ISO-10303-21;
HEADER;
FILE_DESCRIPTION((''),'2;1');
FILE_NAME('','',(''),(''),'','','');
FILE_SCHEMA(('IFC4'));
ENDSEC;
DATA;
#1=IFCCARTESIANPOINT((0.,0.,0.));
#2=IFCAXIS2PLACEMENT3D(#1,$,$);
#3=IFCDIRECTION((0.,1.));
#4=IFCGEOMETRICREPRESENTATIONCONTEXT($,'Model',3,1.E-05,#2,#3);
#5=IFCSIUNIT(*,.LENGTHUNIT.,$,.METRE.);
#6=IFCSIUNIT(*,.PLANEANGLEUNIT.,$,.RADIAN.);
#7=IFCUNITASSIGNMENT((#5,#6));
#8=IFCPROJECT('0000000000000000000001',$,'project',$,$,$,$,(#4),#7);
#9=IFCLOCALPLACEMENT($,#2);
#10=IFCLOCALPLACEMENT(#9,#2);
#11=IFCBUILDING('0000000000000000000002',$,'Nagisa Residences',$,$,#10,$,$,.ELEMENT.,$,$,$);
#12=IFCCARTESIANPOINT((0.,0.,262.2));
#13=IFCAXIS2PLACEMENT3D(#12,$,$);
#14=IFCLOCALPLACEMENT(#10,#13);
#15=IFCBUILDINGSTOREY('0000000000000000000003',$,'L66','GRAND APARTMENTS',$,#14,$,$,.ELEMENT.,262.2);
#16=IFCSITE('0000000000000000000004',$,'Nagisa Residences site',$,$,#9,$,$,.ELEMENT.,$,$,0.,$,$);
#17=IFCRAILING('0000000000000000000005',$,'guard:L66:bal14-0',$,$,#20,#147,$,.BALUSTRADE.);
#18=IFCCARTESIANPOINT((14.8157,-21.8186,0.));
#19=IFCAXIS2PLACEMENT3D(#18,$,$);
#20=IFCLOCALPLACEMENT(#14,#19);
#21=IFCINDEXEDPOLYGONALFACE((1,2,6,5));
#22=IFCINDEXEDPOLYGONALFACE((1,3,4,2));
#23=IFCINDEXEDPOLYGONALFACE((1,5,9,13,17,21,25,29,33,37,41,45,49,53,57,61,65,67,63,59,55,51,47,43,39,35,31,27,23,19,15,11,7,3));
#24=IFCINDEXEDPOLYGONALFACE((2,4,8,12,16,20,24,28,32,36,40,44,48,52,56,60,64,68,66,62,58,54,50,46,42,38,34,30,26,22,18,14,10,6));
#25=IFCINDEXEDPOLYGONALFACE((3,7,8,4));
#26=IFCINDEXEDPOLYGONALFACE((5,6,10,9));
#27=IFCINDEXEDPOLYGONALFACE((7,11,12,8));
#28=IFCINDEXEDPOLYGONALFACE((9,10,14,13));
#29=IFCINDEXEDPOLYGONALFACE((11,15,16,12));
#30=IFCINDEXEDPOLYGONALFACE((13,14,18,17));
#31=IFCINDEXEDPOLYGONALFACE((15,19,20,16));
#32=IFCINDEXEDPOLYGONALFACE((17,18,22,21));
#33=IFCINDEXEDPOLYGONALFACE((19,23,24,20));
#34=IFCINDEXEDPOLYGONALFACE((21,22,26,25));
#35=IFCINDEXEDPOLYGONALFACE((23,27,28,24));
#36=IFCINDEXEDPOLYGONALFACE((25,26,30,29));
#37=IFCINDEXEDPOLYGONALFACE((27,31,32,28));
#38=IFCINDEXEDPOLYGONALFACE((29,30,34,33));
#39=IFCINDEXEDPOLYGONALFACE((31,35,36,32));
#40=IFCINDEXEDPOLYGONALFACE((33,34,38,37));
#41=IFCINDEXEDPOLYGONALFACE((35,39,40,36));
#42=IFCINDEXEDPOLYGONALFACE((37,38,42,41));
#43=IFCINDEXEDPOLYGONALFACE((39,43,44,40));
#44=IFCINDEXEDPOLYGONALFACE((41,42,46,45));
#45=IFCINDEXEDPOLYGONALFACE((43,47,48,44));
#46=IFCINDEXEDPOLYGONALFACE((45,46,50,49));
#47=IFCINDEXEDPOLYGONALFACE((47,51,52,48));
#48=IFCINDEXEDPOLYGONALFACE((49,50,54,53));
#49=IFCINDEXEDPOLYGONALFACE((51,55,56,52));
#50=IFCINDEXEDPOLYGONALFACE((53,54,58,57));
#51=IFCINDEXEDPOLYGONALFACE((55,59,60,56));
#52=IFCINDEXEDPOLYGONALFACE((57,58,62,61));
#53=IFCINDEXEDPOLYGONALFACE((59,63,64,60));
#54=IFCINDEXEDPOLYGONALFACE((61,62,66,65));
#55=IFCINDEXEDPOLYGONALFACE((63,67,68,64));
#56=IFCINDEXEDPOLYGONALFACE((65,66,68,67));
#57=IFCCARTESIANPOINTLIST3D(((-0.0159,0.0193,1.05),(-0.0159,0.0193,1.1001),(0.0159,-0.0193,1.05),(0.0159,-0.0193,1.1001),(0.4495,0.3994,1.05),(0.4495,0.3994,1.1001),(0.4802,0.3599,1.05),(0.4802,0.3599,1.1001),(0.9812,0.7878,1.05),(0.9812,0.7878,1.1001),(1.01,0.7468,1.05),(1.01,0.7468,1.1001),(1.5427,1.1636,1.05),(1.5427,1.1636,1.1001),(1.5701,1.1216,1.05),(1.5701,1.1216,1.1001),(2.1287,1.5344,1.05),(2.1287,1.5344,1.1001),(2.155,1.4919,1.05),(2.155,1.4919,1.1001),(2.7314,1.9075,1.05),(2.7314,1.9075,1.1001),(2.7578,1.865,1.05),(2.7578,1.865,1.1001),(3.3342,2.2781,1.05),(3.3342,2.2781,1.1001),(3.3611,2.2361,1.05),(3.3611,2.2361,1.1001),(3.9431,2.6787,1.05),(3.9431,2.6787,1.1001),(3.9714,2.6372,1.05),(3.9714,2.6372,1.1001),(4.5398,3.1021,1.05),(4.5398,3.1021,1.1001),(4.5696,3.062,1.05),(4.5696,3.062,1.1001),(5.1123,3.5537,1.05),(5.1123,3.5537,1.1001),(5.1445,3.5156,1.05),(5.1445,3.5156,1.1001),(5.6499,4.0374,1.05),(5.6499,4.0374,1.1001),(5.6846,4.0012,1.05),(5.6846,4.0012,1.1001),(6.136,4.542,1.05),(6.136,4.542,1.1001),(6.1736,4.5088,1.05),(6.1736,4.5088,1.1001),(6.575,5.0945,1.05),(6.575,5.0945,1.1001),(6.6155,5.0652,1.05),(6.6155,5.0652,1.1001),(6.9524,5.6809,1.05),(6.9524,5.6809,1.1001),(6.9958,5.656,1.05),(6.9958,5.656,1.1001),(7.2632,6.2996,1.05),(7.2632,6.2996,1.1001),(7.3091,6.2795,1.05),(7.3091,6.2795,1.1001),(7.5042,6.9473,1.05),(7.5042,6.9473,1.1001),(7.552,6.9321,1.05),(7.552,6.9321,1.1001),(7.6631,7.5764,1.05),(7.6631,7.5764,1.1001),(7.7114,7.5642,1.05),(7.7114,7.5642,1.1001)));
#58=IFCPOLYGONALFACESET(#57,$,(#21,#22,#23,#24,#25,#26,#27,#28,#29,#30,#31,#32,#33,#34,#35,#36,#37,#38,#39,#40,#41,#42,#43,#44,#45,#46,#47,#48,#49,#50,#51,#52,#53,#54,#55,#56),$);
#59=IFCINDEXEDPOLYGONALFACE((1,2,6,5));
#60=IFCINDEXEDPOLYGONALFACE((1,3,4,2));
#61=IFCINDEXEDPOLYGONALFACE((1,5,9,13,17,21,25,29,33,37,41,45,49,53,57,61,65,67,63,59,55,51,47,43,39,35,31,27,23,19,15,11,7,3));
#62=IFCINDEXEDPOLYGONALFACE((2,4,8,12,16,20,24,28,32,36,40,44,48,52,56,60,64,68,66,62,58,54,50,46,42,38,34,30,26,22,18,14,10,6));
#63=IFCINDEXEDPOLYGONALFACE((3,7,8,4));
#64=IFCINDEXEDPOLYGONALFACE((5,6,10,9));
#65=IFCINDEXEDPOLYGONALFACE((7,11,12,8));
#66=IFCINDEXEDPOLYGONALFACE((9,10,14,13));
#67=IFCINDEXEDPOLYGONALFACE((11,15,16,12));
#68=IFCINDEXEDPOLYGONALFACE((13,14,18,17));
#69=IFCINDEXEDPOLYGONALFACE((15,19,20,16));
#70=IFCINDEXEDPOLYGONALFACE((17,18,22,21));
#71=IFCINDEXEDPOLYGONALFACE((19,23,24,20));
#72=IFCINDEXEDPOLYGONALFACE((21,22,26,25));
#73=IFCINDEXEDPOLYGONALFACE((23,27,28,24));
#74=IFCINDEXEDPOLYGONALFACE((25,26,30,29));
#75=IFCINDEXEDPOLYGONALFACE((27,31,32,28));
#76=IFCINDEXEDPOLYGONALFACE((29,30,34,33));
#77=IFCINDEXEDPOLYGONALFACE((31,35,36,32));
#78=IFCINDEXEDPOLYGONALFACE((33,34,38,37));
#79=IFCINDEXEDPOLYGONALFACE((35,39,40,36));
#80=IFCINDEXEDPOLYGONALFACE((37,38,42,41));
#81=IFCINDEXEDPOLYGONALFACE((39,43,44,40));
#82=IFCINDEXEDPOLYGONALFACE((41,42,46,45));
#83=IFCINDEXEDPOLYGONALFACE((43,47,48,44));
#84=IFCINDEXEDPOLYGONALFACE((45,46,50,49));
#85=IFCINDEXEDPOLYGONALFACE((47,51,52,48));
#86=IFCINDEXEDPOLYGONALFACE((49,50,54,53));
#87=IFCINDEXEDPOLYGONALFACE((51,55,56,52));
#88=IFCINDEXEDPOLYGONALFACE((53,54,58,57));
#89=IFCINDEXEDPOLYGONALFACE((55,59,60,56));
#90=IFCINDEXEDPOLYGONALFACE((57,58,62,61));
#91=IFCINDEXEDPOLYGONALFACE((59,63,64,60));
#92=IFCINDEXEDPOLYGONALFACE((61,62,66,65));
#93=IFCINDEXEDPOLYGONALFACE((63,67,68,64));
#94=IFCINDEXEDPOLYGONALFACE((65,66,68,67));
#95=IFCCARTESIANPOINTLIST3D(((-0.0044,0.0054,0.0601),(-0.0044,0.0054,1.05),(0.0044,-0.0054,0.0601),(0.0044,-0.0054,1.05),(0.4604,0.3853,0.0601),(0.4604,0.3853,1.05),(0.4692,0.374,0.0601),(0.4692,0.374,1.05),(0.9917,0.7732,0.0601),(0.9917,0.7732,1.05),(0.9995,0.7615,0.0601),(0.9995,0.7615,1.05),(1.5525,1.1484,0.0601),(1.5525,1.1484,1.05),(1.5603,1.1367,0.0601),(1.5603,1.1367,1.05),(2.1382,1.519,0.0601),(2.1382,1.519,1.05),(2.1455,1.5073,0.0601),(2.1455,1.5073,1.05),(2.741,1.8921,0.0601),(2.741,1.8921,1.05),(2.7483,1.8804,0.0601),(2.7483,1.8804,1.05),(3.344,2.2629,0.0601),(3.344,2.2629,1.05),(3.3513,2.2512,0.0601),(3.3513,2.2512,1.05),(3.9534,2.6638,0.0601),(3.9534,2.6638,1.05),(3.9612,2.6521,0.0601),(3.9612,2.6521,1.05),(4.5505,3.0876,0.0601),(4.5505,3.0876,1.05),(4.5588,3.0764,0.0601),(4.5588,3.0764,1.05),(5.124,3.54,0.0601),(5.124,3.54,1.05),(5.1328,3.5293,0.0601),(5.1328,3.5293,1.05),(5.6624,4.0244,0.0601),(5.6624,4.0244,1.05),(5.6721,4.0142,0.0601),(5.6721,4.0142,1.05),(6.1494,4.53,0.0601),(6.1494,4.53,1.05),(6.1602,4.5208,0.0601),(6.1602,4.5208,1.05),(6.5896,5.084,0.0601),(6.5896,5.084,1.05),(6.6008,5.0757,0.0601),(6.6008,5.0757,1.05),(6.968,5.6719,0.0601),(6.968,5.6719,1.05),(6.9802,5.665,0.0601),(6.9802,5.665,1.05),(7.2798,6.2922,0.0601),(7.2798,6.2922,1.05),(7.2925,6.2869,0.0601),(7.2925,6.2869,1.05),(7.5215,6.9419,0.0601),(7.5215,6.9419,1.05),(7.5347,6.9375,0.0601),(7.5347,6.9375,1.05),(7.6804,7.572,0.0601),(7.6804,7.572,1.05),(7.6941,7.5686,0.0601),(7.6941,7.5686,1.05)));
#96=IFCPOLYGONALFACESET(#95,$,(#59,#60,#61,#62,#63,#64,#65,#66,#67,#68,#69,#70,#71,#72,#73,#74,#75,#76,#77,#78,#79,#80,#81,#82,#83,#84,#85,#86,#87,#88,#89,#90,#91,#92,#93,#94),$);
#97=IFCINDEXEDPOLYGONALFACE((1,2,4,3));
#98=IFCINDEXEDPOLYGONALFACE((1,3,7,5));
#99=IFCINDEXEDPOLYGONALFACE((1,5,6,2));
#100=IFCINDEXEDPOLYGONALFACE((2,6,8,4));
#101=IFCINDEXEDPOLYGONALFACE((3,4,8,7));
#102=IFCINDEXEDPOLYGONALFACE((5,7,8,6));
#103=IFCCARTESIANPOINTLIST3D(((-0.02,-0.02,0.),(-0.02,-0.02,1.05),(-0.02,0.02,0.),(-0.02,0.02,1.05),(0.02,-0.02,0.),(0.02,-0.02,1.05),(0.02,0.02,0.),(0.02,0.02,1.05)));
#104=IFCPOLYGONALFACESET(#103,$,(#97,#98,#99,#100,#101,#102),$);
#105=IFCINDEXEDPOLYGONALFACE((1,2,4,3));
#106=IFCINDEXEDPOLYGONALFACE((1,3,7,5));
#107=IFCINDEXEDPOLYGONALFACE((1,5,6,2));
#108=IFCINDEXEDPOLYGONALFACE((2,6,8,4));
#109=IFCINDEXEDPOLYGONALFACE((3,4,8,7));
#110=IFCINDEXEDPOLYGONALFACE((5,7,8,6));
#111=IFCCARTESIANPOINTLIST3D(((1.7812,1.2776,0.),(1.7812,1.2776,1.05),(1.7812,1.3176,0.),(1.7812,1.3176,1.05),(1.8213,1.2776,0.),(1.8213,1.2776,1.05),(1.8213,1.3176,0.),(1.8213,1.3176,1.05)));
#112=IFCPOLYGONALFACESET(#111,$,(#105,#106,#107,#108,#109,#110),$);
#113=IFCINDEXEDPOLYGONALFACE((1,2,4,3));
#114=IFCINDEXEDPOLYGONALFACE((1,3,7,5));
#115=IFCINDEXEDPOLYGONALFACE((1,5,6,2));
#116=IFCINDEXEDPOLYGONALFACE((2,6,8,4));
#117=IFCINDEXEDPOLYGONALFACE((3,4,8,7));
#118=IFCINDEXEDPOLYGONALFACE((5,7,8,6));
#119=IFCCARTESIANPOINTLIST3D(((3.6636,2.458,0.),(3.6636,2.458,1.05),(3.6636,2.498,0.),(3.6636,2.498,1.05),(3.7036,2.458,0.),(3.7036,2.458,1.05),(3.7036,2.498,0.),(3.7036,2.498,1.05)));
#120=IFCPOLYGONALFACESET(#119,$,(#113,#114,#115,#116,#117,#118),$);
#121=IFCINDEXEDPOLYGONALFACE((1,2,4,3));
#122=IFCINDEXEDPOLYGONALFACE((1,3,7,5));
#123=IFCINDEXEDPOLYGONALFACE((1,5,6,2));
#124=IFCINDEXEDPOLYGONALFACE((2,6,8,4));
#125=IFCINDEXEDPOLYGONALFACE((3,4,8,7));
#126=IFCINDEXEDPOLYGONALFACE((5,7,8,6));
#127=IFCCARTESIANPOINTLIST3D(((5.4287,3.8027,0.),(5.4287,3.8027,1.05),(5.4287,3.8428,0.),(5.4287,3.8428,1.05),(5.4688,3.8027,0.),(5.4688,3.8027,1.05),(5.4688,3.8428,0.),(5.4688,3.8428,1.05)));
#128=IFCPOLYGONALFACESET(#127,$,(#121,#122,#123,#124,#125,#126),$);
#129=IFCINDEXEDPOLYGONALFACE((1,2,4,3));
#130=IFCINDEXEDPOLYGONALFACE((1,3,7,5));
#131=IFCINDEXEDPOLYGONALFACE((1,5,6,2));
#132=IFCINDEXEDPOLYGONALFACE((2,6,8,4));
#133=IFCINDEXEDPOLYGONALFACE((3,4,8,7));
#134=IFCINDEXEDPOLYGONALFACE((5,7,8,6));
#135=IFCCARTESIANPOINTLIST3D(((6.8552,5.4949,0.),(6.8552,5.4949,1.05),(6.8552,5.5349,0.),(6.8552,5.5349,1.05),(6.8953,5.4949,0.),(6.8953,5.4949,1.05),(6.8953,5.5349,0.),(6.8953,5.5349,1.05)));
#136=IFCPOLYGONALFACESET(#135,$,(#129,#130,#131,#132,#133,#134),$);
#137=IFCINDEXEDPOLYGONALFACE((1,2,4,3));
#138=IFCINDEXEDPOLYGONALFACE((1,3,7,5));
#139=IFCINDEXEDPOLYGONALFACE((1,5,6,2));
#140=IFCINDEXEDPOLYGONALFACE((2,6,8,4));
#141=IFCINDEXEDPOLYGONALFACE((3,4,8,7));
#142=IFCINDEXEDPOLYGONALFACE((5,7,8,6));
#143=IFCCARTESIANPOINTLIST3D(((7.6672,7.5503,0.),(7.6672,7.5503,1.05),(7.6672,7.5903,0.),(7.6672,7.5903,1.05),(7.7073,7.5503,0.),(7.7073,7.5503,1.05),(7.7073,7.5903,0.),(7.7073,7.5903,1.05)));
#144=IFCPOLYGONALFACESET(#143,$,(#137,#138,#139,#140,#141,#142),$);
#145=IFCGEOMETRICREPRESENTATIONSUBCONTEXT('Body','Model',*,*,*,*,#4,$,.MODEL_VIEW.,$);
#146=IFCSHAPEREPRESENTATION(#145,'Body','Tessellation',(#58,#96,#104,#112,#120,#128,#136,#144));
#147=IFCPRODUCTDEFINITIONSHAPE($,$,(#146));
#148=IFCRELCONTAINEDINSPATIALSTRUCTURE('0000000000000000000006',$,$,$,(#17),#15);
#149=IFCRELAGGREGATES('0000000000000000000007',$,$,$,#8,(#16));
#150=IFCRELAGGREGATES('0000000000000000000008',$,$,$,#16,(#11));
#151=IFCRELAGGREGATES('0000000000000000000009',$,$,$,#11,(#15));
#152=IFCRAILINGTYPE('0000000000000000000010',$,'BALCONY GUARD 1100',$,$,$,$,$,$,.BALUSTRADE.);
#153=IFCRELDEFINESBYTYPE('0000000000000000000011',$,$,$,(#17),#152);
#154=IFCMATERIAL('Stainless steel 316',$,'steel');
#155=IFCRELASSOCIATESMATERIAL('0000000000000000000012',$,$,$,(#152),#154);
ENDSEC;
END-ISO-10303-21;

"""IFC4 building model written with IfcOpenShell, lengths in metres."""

from ifc_helpers import new_model, si_unit, direction, frame, origin, origin_2d, place, context, subcontext, project, spatial, polyline, rectangle, outline, extrude, material, type_object, element, save


model = new_model("IFC4")

# Units and contexts
model_context = context("Model", 3, precision=1e-05, world=origin(), true_north=direction((0.0, 1.0)))
body_context = subcontext(model_context, "Body", "Model", "MODEL_VIEW")
ifc_project = project(units=[si_unit("LENGTHUNIT", "METRE"), si_unit("PLANEANGLEUNIT", "RADIAN")], contexts=[model_context])

# Site, building, storey
site_placement = place(None, origin())
site = spatial("IfcSite", under=ifc_project, at=site_placement, Name="Nagisa Residences site", CompositionType="ELEMENT", RefElevation=0.0)
building_placement = place(site_placement, origin())
building = spatial("IfcBuilding", under=site, at=building_placement, Name="Nagisa Residences", CompositionType="ELEMENT")
storey_placement = place(building_placement, frame((0.0, 0.0, 262.2)))
storey = spatial("IfcBuildingStorey", under=building, at=storey_placement, Name="L66", Description="GRAND APARTMENTS", CompositionType="ELEMENT", Elevation=262.2)

# Railing
ifc_material_1 = material(Name="Stainless steel 316", Category="steel")
railing_type = type_object("IfcRailingType", Name="BALCONY GUARD 1100", PredefinedType="BALUSTRADE", material=ifc_material_1)
railing_1_placement = place(storey_placement, frame((14.8157, -21.8186, 0.0)))
element("IfcRailing", 1, at=railing_1_placement, inside=storey, type_object=railing_type, Name="guard:L66:bal14-0", PredefinedType="BALUSTRADE", context=body_context, shape_type="SweptSolid", body=[
    extrude(outline(polyline([(0.4495, 0.3994), (-0.0159, 0.0193), (0.0159, -0.0193), (0.4802, 0.3599), (1.01, 0.7468), (1.5701, 1.1216), (2.155, 1.4919), (2.7578, 1.865), (3.3611, 2.2361), (3.9714, 2.6372), (4.5696, 3.062), (5.1445, 3.5156), (5.6846, 4.0012), (6.1736, 4.5088), (6.6155, 5.0652), (6.9958, 5.656), (7.3091, 6.2795), (7.552, 6.9321), (7.7114, 7.5642), (7.6631, 7.5764), (7.5042, 6.9473), (7.2632, 6.2996), (6.9524, 5.6809), (6.575, 5.0945), (6.136, 4.542), (5.6499, 4.0374), (5.1123, 3.5537), (4.5398, 3.1021), (3.9431, 2.6787), (3.3342, 2.2781), (2.7314, 1.9075), (2.1287, 1.5344), (1.5427, 1.1636), (0.9812, 0.7878), (0.4495, 0.3994)])), frame((0.0, 0.0, 1.05)), (0.0, 0.0, 1.0), 0.05),
    extrude(outline(polyline([(0.4604, 0.3853), (-0.0044, 0.0054), (0.0044, -0.0054), (0.4692, 0.374), (0.9995, 0.7615), (1.5603, 1.1367), (2.1455, 1.5073), (2.7483, 1.8804), (3.3513, 2.2512), (3.9612, 2.6521), (4.5588, 3.0764), (5.1328, 3.5293), (5.6721, 4.0142), (6.1602, 4.5208), (6.6008, 5.0757), (6.9802, 5.665), (7.2925, 6.2869), (7.5347, 6.9375), (7.6941, 7.5686), (7.6804, 7.572), (7.5215, 6.9419), (7.2798, 6.2922), (6.968, 5.6719), (6.5896, 5.084), (6.1494, 4.53), (5.6624, 4.0244), (5.124, 3.54), (4.5505, 3.0876), (3.9534, 2.6638), (3.344, 2.2629), (2.741, 1.8921), (2.1382, 1.519), (1.5525, 1.1484), (0.9917, 0.7732), (0.4604, 0.3853)])), frame((0.0, 0.0, 0.0601)), (0.0, 0.0, 1.0), 0.99),
    extrude(rectangle(XDim=0.04, YDim=0.04, at=origin_2d()), origin(), (0.0, 0.0, 1.0), 1.05),
    extrude(rectangle(XDim=0.04, YDim=0.04, at=origin_2d()), frame((1.8013, 1.2976, 0.0)), (0.0, 0.0, 1.0), 1.05),
    extrude(rectangle(XDim=0.04, YDim=0.04, at=origin_2d()), frame((3.6836, 2.478, 0.0)), (0.0, 0.0, 1.0), 1.05),
    extrude(rectangle(XDim=0.04, YDim=0.04, at=origin_2d()), frame((5.4487, 3.8228, 0.0)), (0.0, 0.0, 1.0), 1.05),
    extrude(rectangle(XDim=0.04, YDim=0.04, at=origin_2d()), frame((6.8752, 5.5149, 0.0)), (0.0, 0.0, 1.0), 1.05),
    extrude(rectangle(XDim=0.04, YDim=0.04, at=origin_2d()), frame((7.6873, 7.5703, 0.0)), (0.0, 0.0, 1.0), 1.05),
])

save(model, "model.ifc")
